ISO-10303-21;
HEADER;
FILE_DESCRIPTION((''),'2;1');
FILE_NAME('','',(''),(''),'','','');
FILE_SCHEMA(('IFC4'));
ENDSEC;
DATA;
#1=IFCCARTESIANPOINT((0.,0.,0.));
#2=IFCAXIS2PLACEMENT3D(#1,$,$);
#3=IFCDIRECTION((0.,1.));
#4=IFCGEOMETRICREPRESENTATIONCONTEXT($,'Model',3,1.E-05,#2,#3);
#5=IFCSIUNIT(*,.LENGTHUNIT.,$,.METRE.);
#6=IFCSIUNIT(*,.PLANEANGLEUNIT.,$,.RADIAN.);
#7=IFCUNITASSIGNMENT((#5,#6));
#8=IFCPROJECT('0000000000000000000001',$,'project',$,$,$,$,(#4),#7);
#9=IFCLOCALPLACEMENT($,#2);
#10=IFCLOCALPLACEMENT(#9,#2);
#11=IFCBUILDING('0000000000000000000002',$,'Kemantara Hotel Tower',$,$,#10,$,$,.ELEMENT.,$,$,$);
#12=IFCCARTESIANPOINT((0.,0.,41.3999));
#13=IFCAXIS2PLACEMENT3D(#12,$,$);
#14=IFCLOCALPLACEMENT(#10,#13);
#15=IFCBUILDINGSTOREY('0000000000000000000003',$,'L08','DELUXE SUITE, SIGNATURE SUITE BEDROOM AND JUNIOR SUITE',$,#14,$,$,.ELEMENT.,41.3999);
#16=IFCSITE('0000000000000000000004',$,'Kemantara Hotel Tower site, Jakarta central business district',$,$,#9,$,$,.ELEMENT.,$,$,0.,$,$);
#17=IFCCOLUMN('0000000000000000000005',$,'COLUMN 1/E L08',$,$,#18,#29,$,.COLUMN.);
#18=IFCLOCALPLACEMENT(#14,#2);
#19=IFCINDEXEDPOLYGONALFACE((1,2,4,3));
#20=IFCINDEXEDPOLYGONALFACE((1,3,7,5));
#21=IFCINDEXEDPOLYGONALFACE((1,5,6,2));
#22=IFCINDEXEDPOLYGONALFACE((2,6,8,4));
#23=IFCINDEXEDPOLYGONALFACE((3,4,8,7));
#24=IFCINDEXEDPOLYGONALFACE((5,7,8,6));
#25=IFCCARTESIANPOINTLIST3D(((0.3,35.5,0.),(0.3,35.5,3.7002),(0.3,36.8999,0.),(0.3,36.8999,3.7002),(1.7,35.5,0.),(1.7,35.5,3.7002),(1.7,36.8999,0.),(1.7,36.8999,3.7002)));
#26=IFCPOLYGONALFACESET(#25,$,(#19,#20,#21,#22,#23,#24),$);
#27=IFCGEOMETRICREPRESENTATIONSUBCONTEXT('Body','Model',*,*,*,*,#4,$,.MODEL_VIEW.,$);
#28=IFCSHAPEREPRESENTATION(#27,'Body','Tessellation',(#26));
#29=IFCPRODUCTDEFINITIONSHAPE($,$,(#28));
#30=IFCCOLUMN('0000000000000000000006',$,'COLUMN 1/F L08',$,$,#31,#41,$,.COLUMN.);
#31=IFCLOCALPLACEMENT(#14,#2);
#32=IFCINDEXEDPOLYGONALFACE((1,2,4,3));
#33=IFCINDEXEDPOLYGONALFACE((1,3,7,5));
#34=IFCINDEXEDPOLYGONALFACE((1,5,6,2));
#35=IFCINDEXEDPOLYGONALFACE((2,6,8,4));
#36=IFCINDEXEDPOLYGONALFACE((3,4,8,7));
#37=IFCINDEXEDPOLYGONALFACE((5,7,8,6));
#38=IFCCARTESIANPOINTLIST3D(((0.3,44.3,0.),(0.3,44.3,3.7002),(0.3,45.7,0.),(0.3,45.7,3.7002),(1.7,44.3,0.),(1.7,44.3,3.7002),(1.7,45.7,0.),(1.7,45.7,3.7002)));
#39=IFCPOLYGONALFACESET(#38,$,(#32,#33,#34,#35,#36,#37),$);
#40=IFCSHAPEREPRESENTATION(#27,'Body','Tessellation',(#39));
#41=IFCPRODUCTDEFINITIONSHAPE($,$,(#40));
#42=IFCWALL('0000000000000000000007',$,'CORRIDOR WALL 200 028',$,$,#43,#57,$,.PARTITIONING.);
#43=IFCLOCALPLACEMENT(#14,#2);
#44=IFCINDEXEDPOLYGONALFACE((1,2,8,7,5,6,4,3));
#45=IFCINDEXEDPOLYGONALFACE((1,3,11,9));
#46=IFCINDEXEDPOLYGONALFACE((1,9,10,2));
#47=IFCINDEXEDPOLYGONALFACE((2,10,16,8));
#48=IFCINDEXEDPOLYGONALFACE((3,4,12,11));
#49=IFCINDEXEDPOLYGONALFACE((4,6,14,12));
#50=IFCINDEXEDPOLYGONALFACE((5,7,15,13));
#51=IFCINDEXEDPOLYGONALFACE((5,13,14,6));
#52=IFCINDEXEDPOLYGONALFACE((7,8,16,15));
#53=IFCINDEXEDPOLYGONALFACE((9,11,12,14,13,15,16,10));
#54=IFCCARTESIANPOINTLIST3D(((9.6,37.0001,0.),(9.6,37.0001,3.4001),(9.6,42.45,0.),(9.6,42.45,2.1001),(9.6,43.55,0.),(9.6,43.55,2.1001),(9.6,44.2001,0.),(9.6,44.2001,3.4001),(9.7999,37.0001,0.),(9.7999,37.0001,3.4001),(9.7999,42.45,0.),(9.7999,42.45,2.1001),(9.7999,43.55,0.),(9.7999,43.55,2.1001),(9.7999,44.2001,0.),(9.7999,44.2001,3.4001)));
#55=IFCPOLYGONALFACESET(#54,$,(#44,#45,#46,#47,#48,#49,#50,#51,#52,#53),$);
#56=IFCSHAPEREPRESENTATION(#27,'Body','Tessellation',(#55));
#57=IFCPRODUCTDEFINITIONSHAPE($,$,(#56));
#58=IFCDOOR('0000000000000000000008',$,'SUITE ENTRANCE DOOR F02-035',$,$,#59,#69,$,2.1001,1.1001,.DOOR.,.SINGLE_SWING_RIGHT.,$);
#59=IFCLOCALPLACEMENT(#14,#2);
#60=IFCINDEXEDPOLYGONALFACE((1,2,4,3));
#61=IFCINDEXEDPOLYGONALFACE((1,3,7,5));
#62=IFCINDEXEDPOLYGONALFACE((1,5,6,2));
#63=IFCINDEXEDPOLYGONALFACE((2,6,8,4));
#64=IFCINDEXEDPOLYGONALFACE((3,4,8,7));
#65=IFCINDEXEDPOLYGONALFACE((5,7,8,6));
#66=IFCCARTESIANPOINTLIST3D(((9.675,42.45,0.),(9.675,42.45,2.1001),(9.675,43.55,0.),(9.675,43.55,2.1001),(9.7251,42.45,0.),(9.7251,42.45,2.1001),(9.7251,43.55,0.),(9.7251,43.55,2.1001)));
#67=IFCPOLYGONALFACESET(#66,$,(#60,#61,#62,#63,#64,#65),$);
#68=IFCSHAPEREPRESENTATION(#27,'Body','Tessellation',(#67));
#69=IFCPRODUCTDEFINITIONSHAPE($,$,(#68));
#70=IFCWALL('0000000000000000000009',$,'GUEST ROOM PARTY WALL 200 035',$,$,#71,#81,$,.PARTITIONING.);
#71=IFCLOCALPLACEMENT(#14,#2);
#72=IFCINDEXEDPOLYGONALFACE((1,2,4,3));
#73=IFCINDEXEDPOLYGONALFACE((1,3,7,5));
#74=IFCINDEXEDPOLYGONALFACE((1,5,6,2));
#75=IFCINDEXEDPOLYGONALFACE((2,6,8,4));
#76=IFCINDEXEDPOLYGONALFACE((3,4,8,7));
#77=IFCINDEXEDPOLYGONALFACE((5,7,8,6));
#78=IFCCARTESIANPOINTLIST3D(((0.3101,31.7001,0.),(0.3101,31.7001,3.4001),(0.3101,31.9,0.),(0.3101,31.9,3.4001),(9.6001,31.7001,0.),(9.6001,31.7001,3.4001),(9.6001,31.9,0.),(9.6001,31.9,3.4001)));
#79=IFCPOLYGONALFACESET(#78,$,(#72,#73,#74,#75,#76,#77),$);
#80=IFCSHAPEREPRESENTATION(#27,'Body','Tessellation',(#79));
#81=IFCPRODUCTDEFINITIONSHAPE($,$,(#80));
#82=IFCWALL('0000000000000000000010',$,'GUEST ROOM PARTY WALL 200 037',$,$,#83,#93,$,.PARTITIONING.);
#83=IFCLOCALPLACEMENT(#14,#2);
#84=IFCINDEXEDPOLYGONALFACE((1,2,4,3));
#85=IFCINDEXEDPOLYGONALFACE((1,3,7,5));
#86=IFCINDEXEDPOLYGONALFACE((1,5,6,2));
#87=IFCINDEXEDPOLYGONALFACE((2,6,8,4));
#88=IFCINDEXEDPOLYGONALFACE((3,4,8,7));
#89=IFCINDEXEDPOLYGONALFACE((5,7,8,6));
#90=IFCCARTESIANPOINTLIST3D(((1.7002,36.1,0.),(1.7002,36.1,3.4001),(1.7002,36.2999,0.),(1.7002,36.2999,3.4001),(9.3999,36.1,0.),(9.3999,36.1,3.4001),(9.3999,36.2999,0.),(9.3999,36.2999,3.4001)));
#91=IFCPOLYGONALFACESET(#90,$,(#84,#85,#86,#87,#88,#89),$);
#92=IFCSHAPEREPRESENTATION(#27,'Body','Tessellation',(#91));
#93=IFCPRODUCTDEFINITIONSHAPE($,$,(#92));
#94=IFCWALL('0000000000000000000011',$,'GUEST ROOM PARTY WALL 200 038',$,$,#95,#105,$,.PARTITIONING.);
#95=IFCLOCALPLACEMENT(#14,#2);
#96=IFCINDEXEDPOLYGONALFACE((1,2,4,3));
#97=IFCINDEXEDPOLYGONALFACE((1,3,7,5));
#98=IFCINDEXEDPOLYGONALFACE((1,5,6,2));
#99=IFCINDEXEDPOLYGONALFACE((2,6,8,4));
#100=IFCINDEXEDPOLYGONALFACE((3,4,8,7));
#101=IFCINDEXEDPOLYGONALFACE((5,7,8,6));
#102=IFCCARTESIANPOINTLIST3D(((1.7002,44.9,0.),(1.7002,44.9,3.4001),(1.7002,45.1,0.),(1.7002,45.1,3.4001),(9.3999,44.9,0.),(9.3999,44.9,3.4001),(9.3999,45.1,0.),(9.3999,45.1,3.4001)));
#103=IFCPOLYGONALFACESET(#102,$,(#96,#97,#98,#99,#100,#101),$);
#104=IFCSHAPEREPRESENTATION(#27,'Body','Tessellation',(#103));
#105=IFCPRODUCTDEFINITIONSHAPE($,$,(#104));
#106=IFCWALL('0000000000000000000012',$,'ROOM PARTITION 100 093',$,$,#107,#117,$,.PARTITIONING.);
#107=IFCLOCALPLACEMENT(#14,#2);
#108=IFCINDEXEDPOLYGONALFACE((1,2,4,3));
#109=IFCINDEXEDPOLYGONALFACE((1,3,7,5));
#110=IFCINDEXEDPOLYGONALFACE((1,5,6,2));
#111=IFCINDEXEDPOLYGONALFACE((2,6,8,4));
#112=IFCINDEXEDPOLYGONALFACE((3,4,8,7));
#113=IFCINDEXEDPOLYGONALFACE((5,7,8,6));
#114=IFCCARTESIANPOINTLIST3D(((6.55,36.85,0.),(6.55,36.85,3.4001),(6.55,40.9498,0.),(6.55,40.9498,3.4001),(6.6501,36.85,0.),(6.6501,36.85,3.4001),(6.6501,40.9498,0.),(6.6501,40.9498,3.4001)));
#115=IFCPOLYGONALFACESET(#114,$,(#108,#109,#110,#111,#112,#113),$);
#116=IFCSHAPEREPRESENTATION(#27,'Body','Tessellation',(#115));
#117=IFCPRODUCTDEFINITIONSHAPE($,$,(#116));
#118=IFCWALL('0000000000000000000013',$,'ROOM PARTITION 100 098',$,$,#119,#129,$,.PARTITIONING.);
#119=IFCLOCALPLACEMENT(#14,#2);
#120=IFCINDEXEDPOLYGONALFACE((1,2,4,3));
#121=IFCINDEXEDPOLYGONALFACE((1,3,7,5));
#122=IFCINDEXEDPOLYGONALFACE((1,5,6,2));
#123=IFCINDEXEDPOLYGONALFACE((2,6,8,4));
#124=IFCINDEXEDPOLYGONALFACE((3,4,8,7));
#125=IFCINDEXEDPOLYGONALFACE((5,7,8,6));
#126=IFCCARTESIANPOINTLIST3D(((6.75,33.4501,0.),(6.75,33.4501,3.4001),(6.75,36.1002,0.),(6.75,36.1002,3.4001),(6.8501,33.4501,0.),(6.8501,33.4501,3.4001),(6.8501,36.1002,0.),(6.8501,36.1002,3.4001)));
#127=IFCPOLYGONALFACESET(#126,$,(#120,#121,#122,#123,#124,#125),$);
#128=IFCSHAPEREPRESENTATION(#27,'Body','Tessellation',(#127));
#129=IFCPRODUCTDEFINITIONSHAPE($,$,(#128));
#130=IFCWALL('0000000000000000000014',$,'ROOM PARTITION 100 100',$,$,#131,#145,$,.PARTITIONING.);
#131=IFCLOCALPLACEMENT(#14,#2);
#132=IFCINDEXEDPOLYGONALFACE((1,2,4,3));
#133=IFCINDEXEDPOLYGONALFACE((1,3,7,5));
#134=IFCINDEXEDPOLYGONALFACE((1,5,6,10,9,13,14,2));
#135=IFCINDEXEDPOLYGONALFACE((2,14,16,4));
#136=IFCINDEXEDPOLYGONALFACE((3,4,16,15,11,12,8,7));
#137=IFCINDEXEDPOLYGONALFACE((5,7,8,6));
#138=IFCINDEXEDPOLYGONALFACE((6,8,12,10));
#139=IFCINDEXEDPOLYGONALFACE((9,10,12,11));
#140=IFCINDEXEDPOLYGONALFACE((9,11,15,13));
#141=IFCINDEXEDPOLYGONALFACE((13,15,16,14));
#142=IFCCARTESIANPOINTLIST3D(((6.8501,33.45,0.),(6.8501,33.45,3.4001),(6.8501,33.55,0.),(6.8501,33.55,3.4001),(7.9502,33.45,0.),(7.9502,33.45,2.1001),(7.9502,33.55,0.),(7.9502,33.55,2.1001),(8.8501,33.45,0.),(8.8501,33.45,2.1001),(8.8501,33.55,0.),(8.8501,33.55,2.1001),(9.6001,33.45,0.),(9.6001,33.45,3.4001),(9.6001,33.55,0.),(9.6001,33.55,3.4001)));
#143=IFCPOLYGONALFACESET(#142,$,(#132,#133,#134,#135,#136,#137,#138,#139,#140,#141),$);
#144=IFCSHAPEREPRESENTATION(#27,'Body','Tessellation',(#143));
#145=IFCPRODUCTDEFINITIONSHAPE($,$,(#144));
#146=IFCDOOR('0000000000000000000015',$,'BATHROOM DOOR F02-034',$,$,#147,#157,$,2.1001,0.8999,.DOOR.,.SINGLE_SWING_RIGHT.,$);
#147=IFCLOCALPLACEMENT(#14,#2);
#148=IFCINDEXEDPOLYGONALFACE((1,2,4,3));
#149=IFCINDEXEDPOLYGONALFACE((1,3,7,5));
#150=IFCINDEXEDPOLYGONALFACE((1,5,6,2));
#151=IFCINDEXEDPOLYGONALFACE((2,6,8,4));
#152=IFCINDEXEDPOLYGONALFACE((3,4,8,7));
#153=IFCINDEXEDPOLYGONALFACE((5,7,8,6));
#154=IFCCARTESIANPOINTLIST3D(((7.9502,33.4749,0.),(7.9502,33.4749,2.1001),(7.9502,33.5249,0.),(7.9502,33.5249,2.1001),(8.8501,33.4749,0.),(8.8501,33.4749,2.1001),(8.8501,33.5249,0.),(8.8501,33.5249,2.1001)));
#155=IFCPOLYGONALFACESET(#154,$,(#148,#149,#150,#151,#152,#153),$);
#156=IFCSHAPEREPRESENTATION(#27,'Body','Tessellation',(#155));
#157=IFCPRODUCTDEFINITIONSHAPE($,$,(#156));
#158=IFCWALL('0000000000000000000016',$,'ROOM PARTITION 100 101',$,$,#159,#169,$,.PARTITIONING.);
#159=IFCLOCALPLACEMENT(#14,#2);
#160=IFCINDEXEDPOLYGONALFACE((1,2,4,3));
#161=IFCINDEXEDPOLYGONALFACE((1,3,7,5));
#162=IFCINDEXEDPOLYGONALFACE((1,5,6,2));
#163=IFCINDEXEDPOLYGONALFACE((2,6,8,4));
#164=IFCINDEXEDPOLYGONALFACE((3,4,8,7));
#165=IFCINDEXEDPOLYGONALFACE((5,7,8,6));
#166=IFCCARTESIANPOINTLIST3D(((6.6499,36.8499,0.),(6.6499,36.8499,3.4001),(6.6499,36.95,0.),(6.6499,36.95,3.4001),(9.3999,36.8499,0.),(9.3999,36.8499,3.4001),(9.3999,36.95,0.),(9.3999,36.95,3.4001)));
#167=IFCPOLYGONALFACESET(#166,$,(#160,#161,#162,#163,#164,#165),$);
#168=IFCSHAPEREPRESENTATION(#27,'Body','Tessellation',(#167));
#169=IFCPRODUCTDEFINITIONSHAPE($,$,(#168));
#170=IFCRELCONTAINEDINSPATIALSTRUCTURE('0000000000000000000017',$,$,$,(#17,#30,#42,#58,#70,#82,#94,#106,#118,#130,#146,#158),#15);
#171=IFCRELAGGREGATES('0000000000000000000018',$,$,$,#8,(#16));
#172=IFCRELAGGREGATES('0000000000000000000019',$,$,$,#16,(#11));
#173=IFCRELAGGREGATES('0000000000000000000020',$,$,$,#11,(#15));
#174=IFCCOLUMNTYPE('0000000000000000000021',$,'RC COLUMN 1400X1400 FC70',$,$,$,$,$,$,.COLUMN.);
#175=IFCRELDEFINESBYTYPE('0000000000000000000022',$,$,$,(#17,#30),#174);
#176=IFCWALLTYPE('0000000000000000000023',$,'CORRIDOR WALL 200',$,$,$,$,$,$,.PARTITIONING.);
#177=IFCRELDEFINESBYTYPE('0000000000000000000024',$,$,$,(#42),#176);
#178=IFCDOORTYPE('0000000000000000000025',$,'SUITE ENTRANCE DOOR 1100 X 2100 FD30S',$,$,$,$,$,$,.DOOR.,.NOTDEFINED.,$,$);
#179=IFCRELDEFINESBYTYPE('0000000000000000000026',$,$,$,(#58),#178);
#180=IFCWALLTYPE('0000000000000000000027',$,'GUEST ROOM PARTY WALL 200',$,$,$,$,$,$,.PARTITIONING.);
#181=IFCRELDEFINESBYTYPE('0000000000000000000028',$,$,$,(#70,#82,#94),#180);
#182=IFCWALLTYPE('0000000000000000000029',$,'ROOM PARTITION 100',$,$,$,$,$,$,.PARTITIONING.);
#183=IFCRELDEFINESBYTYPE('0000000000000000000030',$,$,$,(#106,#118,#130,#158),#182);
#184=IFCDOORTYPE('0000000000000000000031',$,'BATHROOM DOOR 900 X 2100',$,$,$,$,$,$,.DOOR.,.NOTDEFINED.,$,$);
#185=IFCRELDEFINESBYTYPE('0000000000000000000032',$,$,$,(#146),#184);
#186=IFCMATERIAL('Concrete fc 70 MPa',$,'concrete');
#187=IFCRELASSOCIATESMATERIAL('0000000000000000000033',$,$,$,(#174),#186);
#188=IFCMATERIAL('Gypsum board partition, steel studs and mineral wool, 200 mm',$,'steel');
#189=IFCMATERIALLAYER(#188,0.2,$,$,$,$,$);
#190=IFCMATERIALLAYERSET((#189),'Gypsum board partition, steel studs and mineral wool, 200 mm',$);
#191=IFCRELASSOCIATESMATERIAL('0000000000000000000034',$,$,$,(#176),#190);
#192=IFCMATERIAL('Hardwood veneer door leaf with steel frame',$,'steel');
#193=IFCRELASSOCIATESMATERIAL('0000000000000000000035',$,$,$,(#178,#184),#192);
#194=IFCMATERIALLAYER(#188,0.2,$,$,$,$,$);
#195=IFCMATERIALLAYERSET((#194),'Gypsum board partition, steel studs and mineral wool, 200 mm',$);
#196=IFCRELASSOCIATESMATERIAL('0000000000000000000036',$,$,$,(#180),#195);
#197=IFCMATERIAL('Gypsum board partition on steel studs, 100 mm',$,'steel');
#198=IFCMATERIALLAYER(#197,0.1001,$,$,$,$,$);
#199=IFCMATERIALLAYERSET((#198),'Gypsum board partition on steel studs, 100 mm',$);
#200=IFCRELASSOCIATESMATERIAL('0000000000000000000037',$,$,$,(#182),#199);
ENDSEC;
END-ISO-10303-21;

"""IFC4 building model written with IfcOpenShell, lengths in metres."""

from ifc_helpers import new_model, si_unit, direction, frame, frame_2d, origin, origin_2d, place, context, subcontext, project, spatial, rectangle, extrude, material, layer, layer_set, material_profile, profile_set, type_object, element, fill, save


model = new_model("IFC4")

# Units and contexts
model_context = context("Model", 3, precision=1e-05, world=origin(), true_north=direction((0.0, 1.0)))
body_context = subcontext(model_context, "Body", "Model", "MODEL_VIEW")
ifc_project = project(units=[si_unit("LENGTHUNIT", "METRE"), si_unit("PLANEANGLEUNIT", "RADIAN")], contexts=[model_context])

# Site, building, storey
site_placement = place(None, origin())
site = spatial("IfcSite", under=ifc_project, at=site_placement, Name="Kemantara Hotel Tower site, Jakarta central business district", CompositionType="ELEMENT", RefElevation=0.0)
building_placement = place(site_placement, origin())
building = spatial("IfcBuilding", under=site, at=building_placement, Name="Kemantara Hotel Tower", CompositionType="ELEMENT")
storey_placement = place(building_placement, frame((0.0, 0.0, 41.3999)))
storey = spatial("IfcBuildingStorey", under=building, at=storey_placement, Name="L08", Description="DELUXE SUITE, SIGNATURE SUITE BEDROOM AND JUNIOR SUITE", CompositionType="ELEMENT", Elevation=41.3999)

# Columns
ifc_material_1 = material(Name="Concrete fc 70 MPa", Category="concrete")
ifc_material_profile = material_profile(ifc_material_1, rectangle(XDim=1.3999, YDim=1.3999, at=origin_2d()), Name="RC 1400X1400")
ifc_profile_set = profile_set([ifc_material_profile], Name="Concrete fc 70 MPa")
column_type = type_object("IfcColumnType", Name="RC COLUMN 1400X1400 FC70", PredefinedType="COLUMN", material=ifc_profile_set)
for number, where, z_axis, x_axis, name in (
    (1, (1.0, 36.2, 0.0), (0.0, 0.0, 1.0), (1.0, 0.0, 0.0), "COLUMN 1/E L08"),
    (2, (1.0, 45.0, 0.0), (0.0, 0.0, 1.0), (1.0, 0.0, 0.0), "COLUMN 1/F L08"),
):
    element("IfcColumn", number, at=place(storey_placement, frame(where, z_axis=z_axis, x_axis=x_axis)), inside=storey, type_object=column_type, Name=name, PredefinedType="COLUMN", context=body_context, shape_type="SweptSolid", body=[
        extrude(rectangle(XDim=1.3999, YDim=1.3999, at=origin_2d()), origin(), (0.0, 0.0, 1.0), 3.7002),
    ])

# Wall, opening, door
ifc_material_2 = material(Name="Gypsum board partition, steel studs and mineral wool, 200 mm", Category="steel")
ifc_layer_1 = layer(ifc_material_2, 0.2)
ifc_layer_set_1 = layer_set([ifc_layer_1], Name="Gypsum board partition, steel studs and mineral wool, 200 mm")
wall_type_1 = type_object("IfcWallType", Name="CORRIDOR WALL 200", PredefinedType="PARTITIONING", material=ifc_layer_set_1)
wall_1_placement = place(storey_placement, frame((9.7, 37.0, 0.0), z_axis=(0.0, 0.0, 1.0), x_axis=(0.0, 1.0, 0.0)))
wall_1 = element("IfcWall", 3, at=wall_1_placement, inside=storey, type_object=wall_type_1, Name="CORRIDOR WALL 200 028", PredefinedType="PARTITIONING", context=body_context, shape_type="SweptSolid", body=[
    extrude(rectangle(XDim=7.2, YDim=0.2, at=frame_2d((3.6001, 0.0))), origin(), (0.0, 0.0, 1.0), 3.4001),
])
opening_1_placement = place(wall_1_placement, frame((5.45, 0.0, 0.0)))
opening_1 = element("IfcOpeningElement", 4, at=opening_1_placement, cuts=wall_1, PredefinedType="OPENING", context=body_context, shape_type="SweptSolid", body=[
    extrude(rectangle(XDim=1.1001, YDim=2.1001, at=frame_2d((0.55, 1.05))), frame((0.0, 0.1099, 0.0), z_axis=(0.0, -1.0, 0.0), x_axis=(1.0, 0.0, 0.0)), (0.0, 0.0, 1.0), 0.22),
])
ifc_material_3 = material(Name="Hardwood veneer door leaf with steel frame", Category="steel")
door_type_1 = type_object("IfcDoorType", Name="SUITE ENTRANCE DOOR 1100 X 2100 FD30S", OperationType="NOTDEFINED", PredefinedType="DOOR", material=ifc_material_3)
door_1_placement = place(opening_1_placement, origin())
door_1 = element("IfcDoor", 5, at=door_1_placement, inside=storey, type_object=door_type_1, Name="SUITE ENTRANCE DOOR F02-035", OperationType="SINGLE_SWING_RIGHT", OverallHeight=2.1001, OverallWidth=1.1001, PredefinedType="DOOR", context=body_context, shape_type="SweptSolid", body=[
    extrude(rectangle(XDim=1.1001, YDim=2.1001, at=frame_2d((0.55, 1.05))), frame((0.0, 0.0249, 0.0), z_axis=(0.0, -1.0, 0.0), x_axis=(1.0, 0.0, 0.0)), (0.0, 0.0, 1.0), 0.05),
])
fill(opening_1, door_1)

# Walls
ifc_layer_2 = layer(ifc_material_2, 0.2)
ifc_layer_set_2 = layer_set([ifc_layer_2], Name="Gypsum board partition, steel studs and mineral wool, 200 mm")
wall_type_2 = type_object("IfcWallType", Name="GUEST ROOM PARTY WALL 200", PredefinedType="PARTITIONING", material=ifc_layer_set_2)
wall_2_placement = place(storey_placement, frame((0.3101, 31.8, 0.0), z_axis=(0.0, 0.0, 1.0), x_axis=(1.0, 0.0, 0.0)))
element("IfcWall", 6, at=wall_2_placement, inside=storey, type_object=wall_type_2, Name="GUEST ROOM PARTY WALL 200 035", PredefinedType="PARTITIONING", context=body_context, shape_type="SweptSolid", body=[
    extrude(rectangle(XDim=9.29, YDim=0.2, at=frame_2d((4.645, 0.0))), origin(), (0.0, 0.0, 1.0), 3.4001),
])
for number, where, z_axis, x_axis, name in (
    (7, (1.7002, 36.2, 0.0), (0.0, 0.0, 1.0), (1.0, 0.0, 0.0), "GUEST ROOM PARTY WALL 200 037"),
    (8, (1.7002, 45.0, 0.0), (0.0, 0.0, 1.0), (1.0, 0.0, 0.0), "GUEST ROOM PARTY WALL 200 038"),
):
    element("IfcWall", number, at=place(storey_placement, frame(where, z_axis=z_axis, x_axis=x_axis)), inside=storey, type_object=wall_type_2, Name=name, PredefinedType="PARTITIONING", context=body_context, shape_type="SweptSolid", body=[
        extrude(rectangle(XDim=7.6997, YDim=0.2, at=frame_2d((3.8499, 0.0))), origin(), (0.0, 0.0, 1.0), 3.4001),
    ])
ifc_material_4 = material(Name="Gypsum board partition on steel studs, 100 mm", Category="steel")
ifc_layer_3 = layer(ifc_material_4, 0.1001)
ifc_layer_set_3 = layer_set([ifc_layer_3], Name="Gypsum board partition on steel studs, 100 mm")
wall_type_3 = type_object("IfcWallType", Name="ROOM PARTITION 100", PredefinedType="PARTITIONING", material=ifc_layer_set_3)
wall_3_placement = place(storey_placement, frame((6.6001, 36.8501, 0.0), z_axis=(0.0, 0.0, 1.0), x_axis=(0.0, 1.0, 0.0)))
element("IfcWall", 9, at=wall_3_placement, inside=storey, type_object=wall_type_3, Name="ROOM PARTITION 100 093", PredefinedType="PARTITIONING", context=body_context, shape_type="SweptSolid", body=[
    extrude(rectangle(XDim=4.0999, YDim=0.1001, at=frame_2d((2.0498, 0.0))), origin(), (0.0, 0.0, 1.0), 3.4001),
])
wall_4_placement = place(storey_placement, frame((6.8, 33.45, 0.0), z_axis=(0.0, 0.0, 1.0), x_axis=(0.0, 1.0, 0.0)))
element("IfcWall", 10, at=wall_4_placement, inside=storey, type_object=wall_type_3, Name="ROOM PARTITION 100 098", PredefinedType="PARTITIONING", context=body_context, shape_type="SweptSolid", body=[
    extrude(rectangle(XDim=2.6501, YDim=0.1001, at=frame_2d((1.3252, 0.0))), origin(), (0.0, 0.0, 1.0), 3.4001),
])

# Wall, opening, door
wall_5_placement = place(storey_placement, frame((6.8501, 33.5, 0.0), z_axis=(0.0, 0.0, 1.0), x_axis=(1.0, 0.0, 0.0)))
wall_5 = element("IfcWall", 11, at=wall_5_placement, inside=storey, type_object=wall_type_3, Name="ROOM PARTITION 100 100", PredefinedType="PARTITIONING", context=body_context, shape_type="SweptSolid", body=[
    extrude(rectangle(XDim=2.75, YDim=0.1001, at=frame_2d((1.375, 0.0))), origin(), (0.0, 0.0, 1.0), 3.4001),
])
opening_2_placement = place(wall_5_placement, frame((1.1001, 0.0, 0.0)))
opening_2 = element("IfcOpeningElement", 12, at=opening_2_placement, cuts=wall_5, PredefinedType="OPENING", context=body_context, shape_type="SweptSolid", body=[
    extrude(rectangle(XDim=0.8999, YDim=2.1001, at=frame_2d((0.45, 1.05))), frame((0.0, 0.0601, 0.0), z_axis=(0.0, -1.0, 0.0), x_axis=(1.0, 0.0, 0.0)), (0.0, 0.0, 1.0), 0.1201),
])
door_type_2 = type_object("IfcDoorType", Name="BATHROOM DOOR 900 X 2100", OperationType="NOTDEFINED", PredefinedType="DOOR", material=ifc_material_3)
door_2_placement = place(opening_2_placement, origin())
door_2 = element("IfcDoor", 13, at=door_2_placement, inside=storey, type_object=door_type_2, Name="BATHROOM DOOR F02-034", OperationType="SINGLE_SWING_RIGHT", OverallHeight=2.1001, OverallWidth=0.8999, PredefinedType="DOOR", context=body_context, shape_type="SweptSolid", body=[
    extrude(rectangle(XDim=0.8999, YDim=2.1001, at=frame_2d((0.45, 1.05))), frame((0.0, 0.0249, 0.0), z_axis=(0.0, -1.0, 0.0), x_axis=(1.0, 0.0, 0.0)), (0.0, 0.0, 1.0), 0.05),
])
fill(opening_2, door_2)

# Wall
wall_6_placement = place(storey_placement, frame((6.6499, 36.8999, 0.0), z_axis=(0.0, 0.0, 1.0), x_axis=(1.0, 0.0, 0.0)))
element("IfcWall", 14, at=wall_6_placement, inside=storey, type_object=wall_type_3, Name="ROOM PARTITION 100 101", PredefinedType="PARTITIONING", context=body_context, shape_type="SweptSolid", body=[
    extrude(rectangle(XDim=2.75, YDim=0.1001, at=frame_2d((1.375, 0.0))), origin(), (0.0, 0.0, 1.0), 3.4001),
])

save(model, "model.ifc")
